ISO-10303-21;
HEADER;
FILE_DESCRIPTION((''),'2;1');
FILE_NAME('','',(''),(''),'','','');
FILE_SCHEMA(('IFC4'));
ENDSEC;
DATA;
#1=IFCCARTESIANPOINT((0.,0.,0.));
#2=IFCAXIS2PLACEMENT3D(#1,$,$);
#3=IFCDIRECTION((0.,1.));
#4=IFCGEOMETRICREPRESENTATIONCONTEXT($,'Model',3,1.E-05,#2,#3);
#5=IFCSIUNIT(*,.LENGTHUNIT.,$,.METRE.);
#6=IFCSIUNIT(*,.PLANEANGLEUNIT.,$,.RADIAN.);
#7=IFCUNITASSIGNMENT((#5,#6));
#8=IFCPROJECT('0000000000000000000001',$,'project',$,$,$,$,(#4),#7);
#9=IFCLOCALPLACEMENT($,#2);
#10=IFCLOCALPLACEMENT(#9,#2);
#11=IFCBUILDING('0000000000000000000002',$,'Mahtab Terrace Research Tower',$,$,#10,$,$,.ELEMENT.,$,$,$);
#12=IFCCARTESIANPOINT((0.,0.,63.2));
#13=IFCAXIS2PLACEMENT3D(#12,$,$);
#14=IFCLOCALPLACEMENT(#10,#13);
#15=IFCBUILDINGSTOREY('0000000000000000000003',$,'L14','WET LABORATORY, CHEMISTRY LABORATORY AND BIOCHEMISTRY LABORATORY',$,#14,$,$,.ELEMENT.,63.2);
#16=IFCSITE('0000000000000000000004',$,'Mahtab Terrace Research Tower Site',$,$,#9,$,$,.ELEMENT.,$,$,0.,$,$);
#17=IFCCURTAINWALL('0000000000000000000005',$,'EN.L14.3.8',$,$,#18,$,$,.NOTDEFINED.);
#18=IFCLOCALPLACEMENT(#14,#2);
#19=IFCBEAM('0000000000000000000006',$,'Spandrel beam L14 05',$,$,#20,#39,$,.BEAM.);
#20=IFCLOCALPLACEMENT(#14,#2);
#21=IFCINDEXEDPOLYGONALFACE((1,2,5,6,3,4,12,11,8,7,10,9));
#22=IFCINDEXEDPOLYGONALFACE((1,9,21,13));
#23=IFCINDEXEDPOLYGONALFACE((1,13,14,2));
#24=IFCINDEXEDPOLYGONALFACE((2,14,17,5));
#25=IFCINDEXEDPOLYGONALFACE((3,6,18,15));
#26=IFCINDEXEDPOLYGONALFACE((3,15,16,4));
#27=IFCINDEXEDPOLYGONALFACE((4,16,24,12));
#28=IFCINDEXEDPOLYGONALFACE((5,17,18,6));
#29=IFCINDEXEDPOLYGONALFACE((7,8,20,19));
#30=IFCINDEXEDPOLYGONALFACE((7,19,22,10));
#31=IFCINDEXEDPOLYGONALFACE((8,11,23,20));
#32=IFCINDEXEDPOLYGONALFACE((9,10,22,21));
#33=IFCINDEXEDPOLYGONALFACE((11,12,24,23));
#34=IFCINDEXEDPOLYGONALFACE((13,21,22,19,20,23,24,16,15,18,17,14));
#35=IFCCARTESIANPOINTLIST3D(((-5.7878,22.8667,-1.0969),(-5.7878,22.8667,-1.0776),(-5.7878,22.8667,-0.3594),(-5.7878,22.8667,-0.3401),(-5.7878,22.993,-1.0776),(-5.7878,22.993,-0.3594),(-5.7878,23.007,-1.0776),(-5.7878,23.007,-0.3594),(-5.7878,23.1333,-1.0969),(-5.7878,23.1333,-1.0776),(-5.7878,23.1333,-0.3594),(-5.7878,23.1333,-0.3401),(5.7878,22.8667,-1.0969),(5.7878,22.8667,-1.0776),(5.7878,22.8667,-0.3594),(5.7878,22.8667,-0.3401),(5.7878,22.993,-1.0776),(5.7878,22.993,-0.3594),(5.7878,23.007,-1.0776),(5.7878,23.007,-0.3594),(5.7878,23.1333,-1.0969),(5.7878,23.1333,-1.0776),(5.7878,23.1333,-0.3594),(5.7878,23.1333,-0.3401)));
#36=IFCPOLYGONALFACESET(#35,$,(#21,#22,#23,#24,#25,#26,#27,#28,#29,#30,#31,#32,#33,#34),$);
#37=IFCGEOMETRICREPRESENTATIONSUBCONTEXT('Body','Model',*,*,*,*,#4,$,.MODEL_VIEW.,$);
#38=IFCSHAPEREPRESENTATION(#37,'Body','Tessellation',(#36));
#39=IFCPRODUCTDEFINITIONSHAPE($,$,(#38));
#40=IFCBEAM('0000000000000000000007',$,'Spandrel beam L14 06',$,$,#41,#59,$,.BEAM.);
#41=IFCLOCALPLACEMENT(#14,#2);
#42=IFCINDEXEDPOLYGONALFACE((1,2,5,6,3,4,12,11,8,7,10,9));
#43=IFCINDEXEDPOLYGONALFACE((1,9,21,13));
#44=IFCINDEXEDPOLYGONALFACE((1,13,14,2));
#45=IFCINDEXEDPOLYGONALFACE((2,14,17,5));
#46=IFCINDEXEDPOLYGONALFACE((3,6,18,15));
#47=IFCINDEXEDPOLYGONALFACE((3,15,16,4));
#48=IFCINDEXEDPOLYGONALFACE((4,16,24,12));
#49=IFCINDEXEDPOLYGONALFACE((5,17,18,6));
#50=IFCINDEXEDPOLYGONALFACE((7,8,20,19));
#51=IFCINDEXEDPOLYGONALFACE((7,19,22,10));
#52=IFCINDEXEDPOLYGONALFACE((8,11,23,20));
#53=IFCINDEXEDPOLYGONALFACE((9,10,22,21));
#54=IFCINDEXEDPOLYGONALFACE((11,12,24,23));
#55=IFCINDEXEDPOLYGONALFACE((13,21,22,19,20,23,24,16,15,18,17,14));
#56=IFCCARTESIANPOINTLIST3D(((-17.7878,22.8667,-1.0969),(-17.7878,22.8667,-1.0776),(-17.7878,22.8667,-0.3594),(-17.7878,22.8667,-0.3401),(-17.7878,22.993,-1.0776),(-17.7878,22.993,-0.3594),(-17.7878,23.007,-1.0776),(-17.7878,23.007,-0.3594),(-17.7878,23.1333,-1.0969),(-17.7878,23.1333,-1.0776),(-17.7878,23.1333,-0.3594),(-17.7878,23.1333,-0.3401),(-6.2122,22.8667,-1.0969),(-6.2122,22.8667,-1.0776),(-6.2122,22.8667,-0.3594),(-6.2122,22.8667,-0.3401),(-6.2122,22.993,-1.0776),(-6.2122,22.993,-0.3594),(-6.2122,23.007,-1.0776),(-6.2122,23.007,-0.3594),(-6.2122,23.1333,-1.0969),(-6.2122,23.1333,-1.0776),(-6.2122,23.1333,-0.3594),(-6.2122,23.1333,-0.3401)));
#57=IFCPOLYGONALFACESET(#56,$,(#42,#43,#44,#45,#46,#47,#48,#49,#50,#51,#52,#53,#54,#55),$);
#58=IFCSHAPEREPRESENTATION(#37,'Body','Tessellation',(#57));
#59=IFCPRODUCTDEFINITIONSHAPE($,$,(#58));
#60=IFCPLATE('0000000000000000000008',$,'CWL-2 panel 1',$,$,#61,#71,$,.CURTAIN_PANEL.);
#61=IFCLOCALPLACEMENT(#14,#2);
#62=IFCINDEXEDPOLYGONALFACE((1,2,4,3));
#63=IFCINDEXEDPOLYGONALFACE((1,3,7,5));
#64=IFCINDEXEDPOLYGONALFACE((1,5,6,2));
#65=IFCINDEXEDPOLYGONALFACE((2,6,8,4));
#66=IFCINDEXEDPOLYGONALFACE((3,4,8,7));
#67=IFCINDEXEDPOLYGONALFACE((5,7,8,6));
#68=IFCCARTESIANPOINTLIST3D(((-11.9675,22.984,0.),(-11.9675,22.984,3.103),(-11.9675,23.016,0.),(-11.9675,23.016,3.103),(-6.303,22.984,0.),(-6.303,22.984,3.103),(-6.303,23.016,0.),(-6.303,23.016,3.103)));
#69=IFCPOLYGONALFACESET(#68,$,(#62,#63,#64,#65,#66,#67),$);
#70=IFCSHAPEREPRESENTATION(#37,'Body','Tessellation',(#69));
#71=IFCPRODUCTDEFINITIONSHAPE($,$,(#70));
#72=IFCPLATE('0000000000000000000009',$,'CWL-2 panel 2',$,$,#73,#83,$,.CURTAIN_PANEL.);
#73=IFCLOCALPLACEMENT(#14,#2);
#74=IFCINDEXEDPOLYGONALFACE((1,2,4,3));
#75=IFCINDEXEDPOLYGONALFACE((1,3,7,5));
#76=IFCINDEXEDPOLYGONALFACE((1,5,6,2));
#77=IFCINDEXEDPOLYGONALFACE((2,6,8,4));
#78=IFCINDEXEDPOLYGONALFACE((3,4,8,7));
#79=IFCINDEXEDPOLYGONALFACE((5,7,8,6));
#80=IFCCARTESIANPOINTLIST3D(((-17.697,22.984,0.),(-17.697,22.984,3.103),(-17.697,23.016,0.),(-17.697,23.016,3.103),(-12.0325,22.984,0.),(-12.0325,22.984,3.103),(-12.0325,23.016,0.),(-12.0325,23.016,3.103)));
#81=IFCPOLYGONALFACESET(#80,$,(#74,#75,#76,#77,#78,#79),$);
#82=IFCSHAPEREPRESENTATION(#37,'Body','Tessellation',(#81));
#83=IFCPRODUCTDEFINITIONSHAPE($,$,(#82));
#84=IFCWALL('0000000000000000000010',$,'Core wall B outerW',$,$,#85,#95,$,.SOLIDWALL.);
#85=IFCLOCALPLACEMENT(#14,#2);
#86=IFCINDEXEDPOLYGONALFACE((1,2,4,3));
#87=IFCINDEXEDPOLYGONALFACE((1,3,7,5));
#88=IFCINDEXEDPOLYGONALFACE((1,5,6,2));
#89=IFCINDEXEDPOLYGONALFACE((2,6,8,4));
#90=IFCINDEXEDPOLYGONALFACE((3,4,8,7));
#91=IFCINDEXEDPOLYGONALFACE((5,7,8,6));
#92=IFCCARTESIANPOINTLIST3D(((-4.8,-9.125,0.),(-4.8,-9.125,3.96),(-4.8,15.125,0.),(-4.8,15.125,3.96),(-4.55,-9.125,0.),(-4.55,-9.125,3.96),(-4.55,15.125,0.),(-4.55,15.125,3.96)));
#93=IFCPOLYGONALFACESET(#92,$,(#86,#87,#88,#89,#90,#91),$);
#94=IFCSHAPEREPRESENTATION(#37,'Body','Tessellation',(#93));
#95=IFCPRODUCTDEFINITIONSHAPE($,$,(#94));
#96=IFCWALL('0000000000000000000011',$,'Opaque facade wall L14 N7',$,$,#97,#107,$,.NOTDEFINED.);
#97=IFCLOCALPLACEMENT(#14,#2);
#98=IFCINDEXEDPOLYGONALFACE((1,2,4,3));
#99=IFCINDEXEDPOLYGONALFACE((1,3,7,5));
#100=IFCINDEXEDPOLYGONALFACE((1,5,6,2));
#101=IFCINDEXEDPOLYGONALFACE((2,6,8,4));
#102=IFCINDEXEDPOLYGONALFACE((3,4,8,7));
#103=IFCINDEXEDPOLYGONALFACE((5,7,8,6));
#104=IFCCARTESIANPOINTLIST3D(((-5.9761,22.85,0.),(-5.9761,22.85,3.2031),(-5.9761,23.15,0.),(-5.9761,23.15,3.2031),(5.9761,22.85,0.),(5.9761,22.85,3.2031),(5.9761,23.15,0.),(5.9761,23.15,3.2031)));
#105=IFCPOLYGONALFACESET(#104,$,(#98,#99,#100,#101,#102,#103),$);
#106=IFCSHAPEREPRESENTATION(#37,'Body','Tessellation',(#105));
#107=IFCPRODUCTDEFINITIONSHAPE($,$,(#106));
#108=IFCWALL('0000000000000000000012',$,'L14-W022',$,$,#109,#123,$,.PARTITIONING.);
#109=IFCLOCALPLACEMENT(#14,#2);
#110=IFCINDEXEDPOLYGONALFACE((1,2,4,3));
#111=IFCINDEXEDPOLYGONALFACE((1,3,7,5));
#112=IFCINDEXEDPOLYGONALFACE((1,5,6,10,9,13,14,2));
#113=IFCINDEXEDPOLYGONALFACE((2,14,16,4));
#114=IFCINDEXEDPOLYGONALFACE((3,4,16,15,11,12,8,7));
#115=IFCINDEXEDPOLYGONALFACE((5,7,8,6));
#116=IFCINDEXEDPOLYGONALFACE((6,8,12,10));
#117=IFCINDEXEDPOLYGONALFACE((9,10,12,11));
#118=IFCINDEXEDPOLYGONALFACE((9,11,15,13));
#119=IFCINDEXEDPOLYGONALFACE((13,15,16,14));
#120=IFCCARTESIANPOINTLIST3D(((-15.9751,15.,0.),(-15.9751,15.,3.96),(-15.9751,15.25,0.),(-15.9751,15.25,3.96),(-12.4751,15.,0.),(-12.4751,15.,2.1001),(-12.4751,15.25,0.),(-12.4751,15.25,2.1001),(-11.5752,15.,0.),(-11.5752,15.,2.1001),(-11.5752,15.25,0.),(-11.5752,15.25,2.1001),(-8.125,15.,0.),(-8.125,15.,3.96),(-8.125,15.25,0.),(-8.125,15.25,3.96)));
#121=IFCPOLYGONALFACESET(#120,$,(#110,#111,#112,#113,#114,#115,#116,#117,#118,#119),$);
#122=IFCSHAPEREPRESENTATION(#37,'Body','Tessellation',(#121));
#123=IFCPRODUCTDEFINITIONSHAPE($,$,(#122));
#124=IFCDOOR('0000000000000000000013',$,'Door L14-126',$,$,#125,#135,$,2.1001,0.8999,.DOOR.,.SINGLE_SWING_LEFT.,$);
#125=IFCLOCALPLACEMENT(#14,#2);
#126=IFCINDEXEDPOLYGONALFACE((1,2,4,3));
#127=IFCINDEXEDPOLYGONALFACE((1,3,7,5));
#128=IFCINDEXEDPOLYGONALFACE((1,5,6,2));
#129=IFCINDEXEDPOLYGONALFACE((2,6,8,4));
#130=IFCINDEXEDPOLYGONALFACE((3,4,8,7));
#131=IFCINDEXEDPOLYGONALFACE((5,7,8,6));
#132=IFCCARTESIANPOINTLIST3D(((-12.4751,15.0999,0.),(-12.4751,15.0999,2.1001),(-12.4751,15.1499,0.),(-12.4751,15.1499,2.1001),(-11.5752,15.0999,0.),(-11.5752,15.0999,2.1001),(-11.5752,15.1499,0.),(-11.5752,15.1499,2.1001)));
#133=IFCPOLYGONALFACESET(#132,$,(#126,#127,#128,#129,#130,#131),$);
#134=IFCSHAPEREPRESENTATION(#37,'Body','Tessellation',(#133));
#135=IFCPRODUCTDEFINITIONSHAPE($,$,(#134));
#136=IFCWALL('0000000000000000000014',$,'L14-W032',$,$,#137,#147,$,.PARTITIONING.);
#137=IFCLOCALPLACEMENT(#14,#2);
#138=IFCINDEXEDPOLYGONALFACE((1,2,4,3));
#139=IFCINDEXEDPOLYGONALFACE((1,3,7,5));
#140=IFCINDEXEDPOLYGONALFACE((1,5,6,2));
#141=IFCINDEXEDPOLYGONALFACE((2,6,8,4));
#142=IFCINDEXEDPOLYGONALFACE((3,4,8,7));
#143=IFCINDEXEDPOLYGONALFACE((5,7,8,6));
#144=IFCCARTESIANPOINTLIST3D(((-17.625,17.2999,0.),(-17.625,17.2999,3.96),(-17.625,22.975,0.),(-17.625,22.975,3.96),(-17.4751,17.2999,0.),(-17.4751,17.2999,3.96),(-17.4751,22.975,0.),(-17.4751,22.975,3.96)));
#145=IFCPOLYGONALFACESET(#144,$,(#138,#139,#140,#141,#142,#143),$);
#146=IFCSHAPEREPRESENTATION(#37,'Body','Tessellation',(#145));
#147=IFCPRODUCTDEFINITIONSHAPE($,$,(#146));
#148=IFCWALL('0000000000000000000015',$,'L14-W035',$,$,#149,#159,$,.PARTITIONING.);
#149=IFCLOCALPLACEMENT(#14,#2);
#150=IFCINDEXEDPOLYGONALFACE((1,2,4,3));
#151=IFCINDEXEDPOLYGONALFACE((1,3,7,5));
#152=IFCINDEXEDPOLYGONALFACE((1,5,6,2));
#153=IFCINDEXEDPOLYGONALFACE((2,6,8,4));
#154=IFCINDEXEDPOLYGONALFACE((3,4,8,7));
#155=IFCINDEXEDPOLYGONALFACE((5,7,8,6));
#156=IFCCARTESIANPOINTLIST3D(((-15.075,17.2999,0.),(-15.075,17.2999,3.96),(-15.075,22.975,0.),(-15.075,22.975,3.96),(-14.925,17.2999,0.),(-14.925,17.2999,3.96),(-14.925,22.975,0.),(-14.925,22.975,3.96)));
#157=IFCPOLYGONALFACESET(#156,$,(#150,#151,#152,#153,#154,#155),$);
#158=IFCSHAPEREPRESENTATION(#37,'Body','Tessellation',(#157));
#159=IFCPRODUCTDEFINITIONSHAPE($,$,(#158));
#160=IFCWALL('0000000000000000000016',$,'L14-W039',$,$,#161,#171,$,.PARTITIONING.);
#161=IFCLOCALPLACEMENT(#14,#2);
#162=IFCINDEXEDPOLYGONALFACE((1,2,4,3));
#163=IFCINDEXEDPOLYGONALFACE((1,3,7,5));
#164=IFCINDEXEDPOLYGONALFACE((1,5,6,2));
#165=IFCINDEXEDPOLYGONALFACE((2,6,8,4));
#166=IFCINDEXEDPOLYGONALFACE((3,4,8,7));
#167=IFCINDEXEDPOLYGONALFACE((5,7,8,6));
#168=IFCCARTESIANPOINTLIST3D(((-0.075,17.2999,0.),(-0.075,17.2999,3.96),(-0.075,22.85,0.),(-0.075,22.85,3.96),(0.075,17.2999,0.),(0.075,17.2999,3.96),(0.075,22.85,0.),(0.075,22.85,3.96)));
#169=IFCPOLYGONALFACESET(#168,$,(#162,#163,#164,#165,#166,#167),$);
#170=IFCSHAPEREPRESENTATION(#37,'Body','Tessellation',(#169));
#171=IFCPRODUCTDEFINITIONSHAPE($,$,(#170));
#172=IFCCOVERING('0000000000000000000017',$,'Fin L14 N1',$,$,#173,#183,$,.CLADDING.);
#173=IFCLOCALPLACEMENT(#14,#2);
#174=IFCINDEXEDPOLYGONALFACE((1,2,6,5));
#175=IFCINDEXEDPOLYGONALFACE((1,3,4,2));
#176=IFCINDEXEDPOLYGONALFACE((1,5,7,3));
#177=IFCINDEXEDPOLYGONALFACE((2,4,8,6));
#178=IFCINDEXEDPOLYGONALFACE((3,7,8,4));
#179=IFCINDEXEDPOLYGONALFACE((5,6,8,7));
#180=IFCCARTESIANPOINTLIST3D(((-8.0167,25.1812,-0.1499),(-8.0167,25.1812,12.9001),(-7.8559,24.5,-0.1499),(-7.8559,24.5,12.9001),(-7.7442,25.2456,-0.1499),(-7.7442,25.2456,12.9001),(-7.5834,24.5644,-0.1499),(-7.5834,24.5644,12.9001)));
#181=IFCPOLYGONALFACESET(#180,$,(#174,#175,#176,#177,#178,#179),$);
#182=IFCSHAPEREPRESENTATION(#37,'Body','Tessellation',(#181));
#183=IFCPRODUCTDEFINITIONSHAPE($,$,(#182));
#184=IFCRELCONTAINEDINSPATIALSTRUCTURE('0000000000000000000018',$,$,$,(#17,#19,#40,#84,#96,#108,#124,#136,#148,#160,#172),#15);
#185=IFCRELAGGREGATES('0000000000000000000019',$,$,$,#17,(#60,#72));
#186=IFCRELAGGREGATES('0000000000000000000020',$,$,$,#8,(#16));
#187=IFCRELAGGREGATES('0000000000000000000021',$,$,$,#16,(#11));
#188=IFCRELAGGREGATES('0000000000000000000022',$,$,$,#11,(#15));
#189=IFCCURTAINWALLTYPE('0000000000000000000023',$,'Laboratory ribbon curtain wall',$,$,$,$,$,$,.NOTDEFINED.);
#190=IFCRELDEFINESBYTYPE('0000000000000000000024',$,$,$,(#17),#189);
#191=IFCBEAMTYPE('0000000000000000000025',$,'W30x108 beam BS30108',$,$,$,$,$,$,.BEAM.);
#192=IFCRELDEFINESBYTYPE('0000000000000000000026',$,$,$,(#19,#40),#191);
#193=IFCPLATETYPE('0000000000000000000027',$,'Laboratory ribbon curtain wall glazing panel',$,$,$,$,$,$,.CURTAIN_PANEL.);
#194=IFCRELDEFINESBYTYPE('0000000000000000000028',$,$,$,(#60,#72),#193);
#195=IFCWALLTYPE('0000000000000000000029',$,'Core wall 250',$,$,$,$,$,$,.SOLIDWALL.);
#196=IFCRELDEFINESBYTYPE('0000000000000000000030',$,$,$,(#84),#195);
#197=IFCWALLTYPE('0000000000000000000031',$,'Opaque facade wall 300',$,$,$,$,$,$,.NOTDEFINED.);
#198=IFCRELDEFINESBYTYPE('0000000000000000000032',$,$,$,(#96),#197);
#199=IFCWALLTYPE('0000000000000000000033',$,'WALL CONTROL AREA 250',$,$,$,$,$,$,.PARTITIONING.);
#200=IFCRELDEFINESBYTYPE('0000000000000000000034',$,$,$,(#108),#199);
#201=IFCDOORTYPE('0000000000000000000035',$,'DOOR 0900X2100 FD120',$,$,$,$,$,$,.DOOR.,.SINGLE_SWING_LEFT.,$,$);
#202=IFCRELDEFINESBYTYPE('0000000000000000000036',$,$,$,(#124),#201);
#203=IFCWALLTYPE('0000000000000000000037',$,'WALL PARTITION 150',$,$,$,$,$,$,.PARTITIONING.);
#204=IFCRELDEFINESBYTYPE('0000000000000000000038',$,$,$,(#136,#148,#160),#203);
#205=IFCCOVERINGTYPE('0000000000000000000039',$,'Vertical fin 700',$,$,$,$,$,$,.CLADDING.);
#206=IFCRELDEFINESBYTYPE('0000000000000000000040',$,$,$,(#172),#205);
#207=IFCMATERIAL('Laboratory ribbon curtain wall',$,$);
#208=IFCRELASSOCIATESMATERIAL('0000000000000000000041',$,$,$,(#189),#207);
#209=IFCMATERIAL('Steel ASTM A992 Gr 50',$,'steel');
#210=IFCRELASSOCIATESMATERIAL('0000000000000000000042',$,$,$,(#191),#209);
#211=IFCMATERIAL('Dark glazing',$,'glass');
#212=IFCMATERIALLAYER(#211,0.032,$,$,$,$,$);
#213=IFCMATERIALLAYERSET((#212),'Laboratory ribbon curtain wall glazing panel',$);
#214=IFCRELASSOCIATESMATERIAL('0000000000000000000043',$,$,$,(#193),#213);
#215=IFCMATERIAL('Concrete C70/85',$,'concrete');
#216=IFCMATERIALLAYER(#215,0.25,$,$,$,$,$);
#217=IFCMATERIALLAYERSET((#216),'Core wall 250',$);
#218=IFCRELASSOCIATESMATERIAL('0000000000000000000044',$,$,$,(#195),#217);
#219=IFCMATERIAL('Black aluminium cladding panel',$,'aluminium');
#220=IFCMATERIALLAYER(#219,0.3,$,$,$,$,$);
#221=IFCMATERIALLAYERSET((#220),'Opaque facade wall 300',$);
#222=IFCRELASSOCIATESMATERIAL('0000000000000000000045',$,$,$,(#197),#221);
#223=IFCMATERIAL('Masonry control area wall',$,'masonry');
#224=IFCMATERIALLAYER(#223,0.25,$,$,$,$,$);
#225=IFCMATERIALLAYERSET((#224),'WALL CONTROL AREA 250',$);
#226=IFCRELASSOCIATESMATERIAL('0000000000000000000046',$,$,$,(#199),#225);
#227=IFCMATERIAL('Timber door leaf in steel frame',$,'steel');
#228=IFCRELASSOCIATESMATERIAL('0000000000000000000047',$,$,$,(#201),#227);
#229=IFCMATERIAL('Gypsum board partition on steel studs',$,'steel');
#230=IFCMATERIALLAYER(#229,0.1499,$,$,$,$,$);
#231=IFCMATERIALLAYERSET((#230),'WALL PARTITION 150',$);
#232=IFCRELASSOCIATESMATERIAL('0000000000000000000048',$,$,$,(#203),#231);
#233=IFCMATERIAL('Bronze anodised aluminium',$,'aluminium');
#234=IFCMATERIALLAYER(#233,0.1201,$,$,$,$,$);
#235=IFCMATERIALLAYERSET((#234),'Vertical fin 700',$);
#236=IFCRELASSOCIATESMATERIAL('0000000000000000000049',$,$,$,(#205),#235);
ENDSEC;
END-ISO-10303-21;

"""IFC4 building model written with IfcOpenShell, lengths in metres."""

from ifc_helpers import new_model, si_unit, direction, frame, frame_2d, origin, origin_2d, place, context, subcontext, project, spatial, rectangle, i_section, extrude, material, layer, layer_set, material_profile, profile_set, type_object, element, fill, aggregate, save


model = new_model("IFC4")

# Units and contexts
model_context = context("Model", 3, precision=1e-05, world=origin(), true_north=direction((0.0, 1.0)))
body_context = subcontext(model_context, "Body", "Model", "MODEL_VIEW")
ifc_project = project(units=[si_unit("LENGTHUNIT", "METRE"), si_unit("PLANEANGLEUNIT", "RADIAN")], contexts=[model_context])

# Site, building, storey
site_placement = place(None, origin())
site = spatial("IfcSite", under=ifc_project, at=site_placement, Name="Mahtab Terrace Research Tower Site", CompositionType="ELEMENT", RefElevation=0.0)
building_placement = place(site_placement, origin())
building = spatial("IfcBuilding", under=site, at=building_placement, Name="Mahtab Terrace Research Tower", CompositionType="ELEMENT")
storey_placement = place(building_placement, frame((0.0, 0.0, 63.2)))
storey = spatial("IfcBuildingStorey", under=building, at=storey_placement, Name="L14", Description="WET LABORATORY, CHEMISTRY LABORATORY AND BIOCHEMISTRY LABORATORY", CompositionType="ELEMENT", Elevation=63.2)

# Shared definitions
ifc_material_1 = material(Name="Steel ASTM A992 Gr 50", Category="steel")

# Curtain wall
ifc_material_2 = material(Name="Laboratory ribbon curtain wall")
curtain_wall_type = type_object("IfcCurtainWallType", Name="Laboratory ribbon curtain wall", PredefinedType="NOTDEFINED", material=ifc_material_2)
curtain_wall_placement = place(storey_placement, origin())
curtain_wall = element("IfcCurtainWall", 1, at=curtain_wall_placement, inside=storey, type_object=curtain_wall_type, Name="EN.L14.3.8", PredefinedType="NOTDEFINED")

# Beams
ifc_material_profile_1 = material_profile(ifc_material_1, i_section(OverallWidth=0.2666, OverallDepth=0.7568, WebThickness=0.0139, FlangeThickness=0.0193, at=origin_2d()), Name="W30X108")
ifc_profile_set_1 = profile_set([ifc_material_profile_1], Name="Steel ASTM A992 Gr 50")
beam_type = type_object("IfcBeamType", Name="W30x108 beam BS30108", PredefinedType="BEAM", material=ifc_profile_set_1)
for number, where, z_axis, x_axis, name in (
    (2, (5.7878, 23.0, -0.7185), (-1.0, 0.0, 0.0), (0.0, -1.0, 0.0), "Spandrel beam L14 05"),
    (3, (-6.2122, 23.0, -0.7185), (-1.0, 0.0, 0.0), (0.0, -1.0, 0.0), "Spandrel beam L14 06"),
):
    element("IfcBeam", number, at=place(storey_placement, frame(where, z_axis=z_axis, x_axis=x_axis)), inside=storey, type_object=beam_type, Name=name, PredefinedType="BEAM", context=body_context, shape_type="SweptSolid", body=[
        extrude(i_section(OverallWidth=0.2666, OverallDepth=0.7568, WebThickness=0.0139, FlangeThickness=0.0193, at=origin_2d()), origin(), (0.0, 0.0, 1.0), 11.5757),
    ])

# Plates
ifc_material_3 = material(Name="Dark glazing", Category="glass")
ifc_layer_1 = layer(ifc_material_3, 0.032)
ifc_layer_set_1 = layer_set([ifc_layer_1], Name="Laboratory ribbon curtain wall glazing panel")
plate_type = type_object("IfcPlateType", Name="Laboratory ribbon curtain wall glazing panel", PredefinedType="CURTAIN_PANEL", material=ifc_layer_set_1)
plate_1_placement = place(storey_placement, frame((-9.1353, 23.0, 0.0), z_axis=(0.0, 0.0, 1.0), x_axis=(-1.0, 0.0, 0.0)))
plate_1 = element("IfcPlate", 4, at=plate_1_placement, type_object=plate_type, Name="CWL-2 panel 1", PredefinedType="CURTAIN_PANEL", context=body_context, shape_type="SweptSolid", body=[
    extrude(rectangle(XDim=5.6646, YDim=0.032, at=origin_2d()), origin(), (0.0, 0.0, 1.0), 3.103),
])
plate_2_placement = place(storey_placement, frame((-14.8647, 23.0, 0.0), z_axis=(0.0, 0.0, 1.0), x_axis=(-1.0, 0.0, 0.0)))
plate_2 = element("IfcPlate", 5, at=plate_2_placement, type_object=plate_type, Name="CWL-2 panel 2", PredefinedType="CURTAIN_PANEL", context=body_context, shape_type="SweptSolid", body=[
    extrude(rectangle(XDim=5.6646, YDim=0.032, at=origin_2d()), origin(), (0.0, 0.0, 1.0), 3.103),
])
aggregate(curtain_wall, [plate_1, plate_2])

# Walls
ifc_material_4 = material(Name="Concrete C70/85", Category="concrete")
ifc_layer_2 = layer(ifc_material_4, 0.25)
ifc_layer_set_2 = layer_set([ifc_layer_2], Name="Core wall 250")
wall_type_1 = type_object("IfcWallType", Name="Core wall 250", PredefinedType="SOLIDWALL", material=ifc_layer_set_2)
wall_1_placement = place(storey_placement, frame((-4.675, 15.125, 0.0), z_axis=(0.0, 0.0, 1.0), x_axis=(0.0, -1.0, 0.0)))
element("IfcWall", 6, at=wall_1_placement, inside=storey, type_object=wall_type_1, Name="Core wall B outerW", PredefinedType="SOLIDWALL", context=body_context, shape_type="SweptSolid", body=[
    extrude(rectangle(XDim=24.25, YDim=0.25, at=frame_2d((12.125, 0.0))), origin(), (0.0, 0.0, 1.0), 3.96),
])
ifc_material_5 = material(Name="Black aluminium cladding panel", Category="aluminium")
ifc_layer_3 = layer(ifc_material_5, 0.3)
ifc_layer_set_3 = layer_set([ifc_layer_3], Name="Opaque facade wall 300")
wall_type_2 = type_object("IfcWallType", Name="Opaque facade wall 300", PredefinedType="NOTDEFINED", material=ifc_layer_set_3)
wall_2_placement = place(storey_placement, frame((5.9761, 23.0, 0.0), z_axis=(0.0, 0.0, 1.0), x_axis=(-1.0, 0.0, 0.0)))
element("IfcWall", 7, at=wall_2_placement, inside=storey, type_object=wall_type_2, Name="Opaque facade wall L14 N7", PredefinedType="NOTDEFINED", context=body_context, shape_type="SweptSolid", body=[
    extrude(rectangle(XDim=11.9521, YDim=0.3, at=frame_2d((5.9761, 0.0))), origin(), (0.0, 0.0, 1.0), 3.2031),
])

# Wall, opening, door
ifc_material_6 = material(Name="Masonry control area wall", Category="masonry")
ifc_layer_4 = layer(ifc_material_6, 0.25)
ifc_layer_set_4 = layer_set([ifc_layer_4], Name="WALL CONTROL AREA 250")
wall_type_3 = type_object("IfcWallType", Name="WALL CONTROL AREA 250", PredefinedType="PARTITIONING", material=ifc_layer_set_4)
wall_3_placement = place(storey_placement, frame((-15.9751, 15.125, 0.0), z_axis=(0.0, 0.0, 1.0), x_axis=(1.0, 0.0, 0.0)))
wall_3 = element("IfcWall", 8, at=wall_3_placement, inside=storey, type_object=wall_type_3, Name="L14-W022", PredefinedType="PARTITIONING", context=body_context, shape_type="SweptSolid", body=[
    extrude(rectangle(XDim=7.8501, YDim=0.25, at=frame_2d((3.925, 0.0))), origin(), (0.0, 0.0, 1.0), 3.96),
])
opening_placement = place(wall_3_placement, frame((3.5, 0.0, 0.0)))
opening = element("IfcOpeningElement", 9, at=opening_placement, cuts=wall_3, PredefinedType="OPENING", context=body_context, shape_type="SweptSolid", body=[
    extrude(rectangle(XDim=0.8999, YDim=2.1001, at=frame_2d((0.45, 1.05))), frame((0.0, 0.135, 0.0), z_axis=(0.0, -1.0, 0.0), x_axis=(1.0, 0.0, 0.0)), (0.0, 0.0, 1.0), 0.27),
])
ifc_material_7 = material(Name="Timber door leaf in steel frame", Category="steel")
door_type = type_object("IfcDoorType", Name="DOOR 0900X2100 FD120", OperationType="SINGLE_SWING_LEFT", PredefinedType="DOOR", material=ifc_material_7)
door_placement = place(opening_placement, origin())
door = element("IfcDoor", 10, at=door_placement, inside=storey, type_object=door_type, Name="Door L14-126", OperationType="SINGLE_SWING_LEFT", OverallHeight=2.1001, OverallWidth=0.8999, PredefinedType="DOOR", context=body_context, shape_type="SweptSolid", body=[
    extrude(rectangle(XDim=0.8999, YDim=2.1001, at=frame_2d((0.45, 1.05))), frame((0.0, 0.0249, 0.0), z_axis=(0.0, -1.0, 0.0), x_axis=(1.0, 0.0, 0.0)), (0.0, 0.0, 1.0), 0.05),
])
fill(opening, door)

# Walls
ifc_material_8 = material(Name="Gypsum board partition on steel studs", Category="steel")
ifc_layer_5 = layer(ifc_material_8, 0.1499)
ifc_layer_set_5 = layer_set([ifc_layer_5], Name="WALL PARTITION 150")
wall_type_4 = type_object("IfcWallType", Name="WALL PARTITION 150", PredefinedType="PARTITIONING", material=ifc_layer_set_5)
for number, where, z_axis, x_axis, name in (
    (11, (-17.55, 17.3, 0.0), (0.0, 0.0, 1.0), (0.0, 1.0, 0.0), "L14-W032"),
    (12, (-15.0, 17.3, 0.0), (0.0, 0.0, 1.0), (0.0, 1.0, 0.0), "L14-W035"),
):
    element("IfcWall", number, at=place(storey_placement, frame(where, z_axis=z_axis, x_axis=x_axis)), inside=storey, type_object=wall_type_4, Name=name, PredefinedType="PARTITIONING", context=body_context, shape_type="SweptSolid", body=[
        extrude(rectangle(XDim=5.675, YDim=0.1499, at=frame_2d((2.8374, 0.0))), origin(), (0.0, 0.0, 1.0), 3.96),
    ])
wall_4_placement = place(storey_placement, frame((0.0, 17.3, 0.0), z_axis=(0.0, 0.0, 1.0), x_axis=(0.0, 1.0, 0.0)))
element("IfcWall", 13, at=wall_4_placement, inside=storey, type_object=wall_type_4, Name="L14-W039", PredefinedType="PARTITIONING", context=body_context, shape_type="SweptSolid", body=[
    extrude(rectangle(XDim=5.55, YDim=0.1499, at=frame_2d((2.7749, 0.0))), origin(), (0.0, 0.0, 1.0), 3.96),
])

# Covering
ifc_material_9 = material(Name="Bronze anodised aluminium", Category="aluminium")
ifc_layer_6 = layer(ifc_material_9, 0.1201)
ifc_layer_set_6 = layer_set([ifc_layer_6], Name="Vertical fin 700")
covering_type = type_object("IfcCoveringType", Name="Vertical fin 700", PredefinedType="CLADDING", material=ifc_layer_set_6)
for number, where, z_axis, x_axis, name in (
    (14, (-7.8, 24.8728, -0.1499), (0.0, 0.0, 1.0), (-0.973236, -0.229807, 0.0), "Fin L14 N1"),
):
    element("IfcCovering", number, at=place(storey_placement, frame(where, z_axis=z_axis, x_axis=x_axis)), inside=storey, type_object=covering_type, Name=name, PredefinedType="CLADDING", context=body_context, shape_type="SweptSolid", body=[
        extrude(rectangle(XDim=0.28, YDim=0.7, at=origin_2d()), origin(), (0.0, 0.0, 1.0), 13.05),
    ])

save(model, "model.ifc")
